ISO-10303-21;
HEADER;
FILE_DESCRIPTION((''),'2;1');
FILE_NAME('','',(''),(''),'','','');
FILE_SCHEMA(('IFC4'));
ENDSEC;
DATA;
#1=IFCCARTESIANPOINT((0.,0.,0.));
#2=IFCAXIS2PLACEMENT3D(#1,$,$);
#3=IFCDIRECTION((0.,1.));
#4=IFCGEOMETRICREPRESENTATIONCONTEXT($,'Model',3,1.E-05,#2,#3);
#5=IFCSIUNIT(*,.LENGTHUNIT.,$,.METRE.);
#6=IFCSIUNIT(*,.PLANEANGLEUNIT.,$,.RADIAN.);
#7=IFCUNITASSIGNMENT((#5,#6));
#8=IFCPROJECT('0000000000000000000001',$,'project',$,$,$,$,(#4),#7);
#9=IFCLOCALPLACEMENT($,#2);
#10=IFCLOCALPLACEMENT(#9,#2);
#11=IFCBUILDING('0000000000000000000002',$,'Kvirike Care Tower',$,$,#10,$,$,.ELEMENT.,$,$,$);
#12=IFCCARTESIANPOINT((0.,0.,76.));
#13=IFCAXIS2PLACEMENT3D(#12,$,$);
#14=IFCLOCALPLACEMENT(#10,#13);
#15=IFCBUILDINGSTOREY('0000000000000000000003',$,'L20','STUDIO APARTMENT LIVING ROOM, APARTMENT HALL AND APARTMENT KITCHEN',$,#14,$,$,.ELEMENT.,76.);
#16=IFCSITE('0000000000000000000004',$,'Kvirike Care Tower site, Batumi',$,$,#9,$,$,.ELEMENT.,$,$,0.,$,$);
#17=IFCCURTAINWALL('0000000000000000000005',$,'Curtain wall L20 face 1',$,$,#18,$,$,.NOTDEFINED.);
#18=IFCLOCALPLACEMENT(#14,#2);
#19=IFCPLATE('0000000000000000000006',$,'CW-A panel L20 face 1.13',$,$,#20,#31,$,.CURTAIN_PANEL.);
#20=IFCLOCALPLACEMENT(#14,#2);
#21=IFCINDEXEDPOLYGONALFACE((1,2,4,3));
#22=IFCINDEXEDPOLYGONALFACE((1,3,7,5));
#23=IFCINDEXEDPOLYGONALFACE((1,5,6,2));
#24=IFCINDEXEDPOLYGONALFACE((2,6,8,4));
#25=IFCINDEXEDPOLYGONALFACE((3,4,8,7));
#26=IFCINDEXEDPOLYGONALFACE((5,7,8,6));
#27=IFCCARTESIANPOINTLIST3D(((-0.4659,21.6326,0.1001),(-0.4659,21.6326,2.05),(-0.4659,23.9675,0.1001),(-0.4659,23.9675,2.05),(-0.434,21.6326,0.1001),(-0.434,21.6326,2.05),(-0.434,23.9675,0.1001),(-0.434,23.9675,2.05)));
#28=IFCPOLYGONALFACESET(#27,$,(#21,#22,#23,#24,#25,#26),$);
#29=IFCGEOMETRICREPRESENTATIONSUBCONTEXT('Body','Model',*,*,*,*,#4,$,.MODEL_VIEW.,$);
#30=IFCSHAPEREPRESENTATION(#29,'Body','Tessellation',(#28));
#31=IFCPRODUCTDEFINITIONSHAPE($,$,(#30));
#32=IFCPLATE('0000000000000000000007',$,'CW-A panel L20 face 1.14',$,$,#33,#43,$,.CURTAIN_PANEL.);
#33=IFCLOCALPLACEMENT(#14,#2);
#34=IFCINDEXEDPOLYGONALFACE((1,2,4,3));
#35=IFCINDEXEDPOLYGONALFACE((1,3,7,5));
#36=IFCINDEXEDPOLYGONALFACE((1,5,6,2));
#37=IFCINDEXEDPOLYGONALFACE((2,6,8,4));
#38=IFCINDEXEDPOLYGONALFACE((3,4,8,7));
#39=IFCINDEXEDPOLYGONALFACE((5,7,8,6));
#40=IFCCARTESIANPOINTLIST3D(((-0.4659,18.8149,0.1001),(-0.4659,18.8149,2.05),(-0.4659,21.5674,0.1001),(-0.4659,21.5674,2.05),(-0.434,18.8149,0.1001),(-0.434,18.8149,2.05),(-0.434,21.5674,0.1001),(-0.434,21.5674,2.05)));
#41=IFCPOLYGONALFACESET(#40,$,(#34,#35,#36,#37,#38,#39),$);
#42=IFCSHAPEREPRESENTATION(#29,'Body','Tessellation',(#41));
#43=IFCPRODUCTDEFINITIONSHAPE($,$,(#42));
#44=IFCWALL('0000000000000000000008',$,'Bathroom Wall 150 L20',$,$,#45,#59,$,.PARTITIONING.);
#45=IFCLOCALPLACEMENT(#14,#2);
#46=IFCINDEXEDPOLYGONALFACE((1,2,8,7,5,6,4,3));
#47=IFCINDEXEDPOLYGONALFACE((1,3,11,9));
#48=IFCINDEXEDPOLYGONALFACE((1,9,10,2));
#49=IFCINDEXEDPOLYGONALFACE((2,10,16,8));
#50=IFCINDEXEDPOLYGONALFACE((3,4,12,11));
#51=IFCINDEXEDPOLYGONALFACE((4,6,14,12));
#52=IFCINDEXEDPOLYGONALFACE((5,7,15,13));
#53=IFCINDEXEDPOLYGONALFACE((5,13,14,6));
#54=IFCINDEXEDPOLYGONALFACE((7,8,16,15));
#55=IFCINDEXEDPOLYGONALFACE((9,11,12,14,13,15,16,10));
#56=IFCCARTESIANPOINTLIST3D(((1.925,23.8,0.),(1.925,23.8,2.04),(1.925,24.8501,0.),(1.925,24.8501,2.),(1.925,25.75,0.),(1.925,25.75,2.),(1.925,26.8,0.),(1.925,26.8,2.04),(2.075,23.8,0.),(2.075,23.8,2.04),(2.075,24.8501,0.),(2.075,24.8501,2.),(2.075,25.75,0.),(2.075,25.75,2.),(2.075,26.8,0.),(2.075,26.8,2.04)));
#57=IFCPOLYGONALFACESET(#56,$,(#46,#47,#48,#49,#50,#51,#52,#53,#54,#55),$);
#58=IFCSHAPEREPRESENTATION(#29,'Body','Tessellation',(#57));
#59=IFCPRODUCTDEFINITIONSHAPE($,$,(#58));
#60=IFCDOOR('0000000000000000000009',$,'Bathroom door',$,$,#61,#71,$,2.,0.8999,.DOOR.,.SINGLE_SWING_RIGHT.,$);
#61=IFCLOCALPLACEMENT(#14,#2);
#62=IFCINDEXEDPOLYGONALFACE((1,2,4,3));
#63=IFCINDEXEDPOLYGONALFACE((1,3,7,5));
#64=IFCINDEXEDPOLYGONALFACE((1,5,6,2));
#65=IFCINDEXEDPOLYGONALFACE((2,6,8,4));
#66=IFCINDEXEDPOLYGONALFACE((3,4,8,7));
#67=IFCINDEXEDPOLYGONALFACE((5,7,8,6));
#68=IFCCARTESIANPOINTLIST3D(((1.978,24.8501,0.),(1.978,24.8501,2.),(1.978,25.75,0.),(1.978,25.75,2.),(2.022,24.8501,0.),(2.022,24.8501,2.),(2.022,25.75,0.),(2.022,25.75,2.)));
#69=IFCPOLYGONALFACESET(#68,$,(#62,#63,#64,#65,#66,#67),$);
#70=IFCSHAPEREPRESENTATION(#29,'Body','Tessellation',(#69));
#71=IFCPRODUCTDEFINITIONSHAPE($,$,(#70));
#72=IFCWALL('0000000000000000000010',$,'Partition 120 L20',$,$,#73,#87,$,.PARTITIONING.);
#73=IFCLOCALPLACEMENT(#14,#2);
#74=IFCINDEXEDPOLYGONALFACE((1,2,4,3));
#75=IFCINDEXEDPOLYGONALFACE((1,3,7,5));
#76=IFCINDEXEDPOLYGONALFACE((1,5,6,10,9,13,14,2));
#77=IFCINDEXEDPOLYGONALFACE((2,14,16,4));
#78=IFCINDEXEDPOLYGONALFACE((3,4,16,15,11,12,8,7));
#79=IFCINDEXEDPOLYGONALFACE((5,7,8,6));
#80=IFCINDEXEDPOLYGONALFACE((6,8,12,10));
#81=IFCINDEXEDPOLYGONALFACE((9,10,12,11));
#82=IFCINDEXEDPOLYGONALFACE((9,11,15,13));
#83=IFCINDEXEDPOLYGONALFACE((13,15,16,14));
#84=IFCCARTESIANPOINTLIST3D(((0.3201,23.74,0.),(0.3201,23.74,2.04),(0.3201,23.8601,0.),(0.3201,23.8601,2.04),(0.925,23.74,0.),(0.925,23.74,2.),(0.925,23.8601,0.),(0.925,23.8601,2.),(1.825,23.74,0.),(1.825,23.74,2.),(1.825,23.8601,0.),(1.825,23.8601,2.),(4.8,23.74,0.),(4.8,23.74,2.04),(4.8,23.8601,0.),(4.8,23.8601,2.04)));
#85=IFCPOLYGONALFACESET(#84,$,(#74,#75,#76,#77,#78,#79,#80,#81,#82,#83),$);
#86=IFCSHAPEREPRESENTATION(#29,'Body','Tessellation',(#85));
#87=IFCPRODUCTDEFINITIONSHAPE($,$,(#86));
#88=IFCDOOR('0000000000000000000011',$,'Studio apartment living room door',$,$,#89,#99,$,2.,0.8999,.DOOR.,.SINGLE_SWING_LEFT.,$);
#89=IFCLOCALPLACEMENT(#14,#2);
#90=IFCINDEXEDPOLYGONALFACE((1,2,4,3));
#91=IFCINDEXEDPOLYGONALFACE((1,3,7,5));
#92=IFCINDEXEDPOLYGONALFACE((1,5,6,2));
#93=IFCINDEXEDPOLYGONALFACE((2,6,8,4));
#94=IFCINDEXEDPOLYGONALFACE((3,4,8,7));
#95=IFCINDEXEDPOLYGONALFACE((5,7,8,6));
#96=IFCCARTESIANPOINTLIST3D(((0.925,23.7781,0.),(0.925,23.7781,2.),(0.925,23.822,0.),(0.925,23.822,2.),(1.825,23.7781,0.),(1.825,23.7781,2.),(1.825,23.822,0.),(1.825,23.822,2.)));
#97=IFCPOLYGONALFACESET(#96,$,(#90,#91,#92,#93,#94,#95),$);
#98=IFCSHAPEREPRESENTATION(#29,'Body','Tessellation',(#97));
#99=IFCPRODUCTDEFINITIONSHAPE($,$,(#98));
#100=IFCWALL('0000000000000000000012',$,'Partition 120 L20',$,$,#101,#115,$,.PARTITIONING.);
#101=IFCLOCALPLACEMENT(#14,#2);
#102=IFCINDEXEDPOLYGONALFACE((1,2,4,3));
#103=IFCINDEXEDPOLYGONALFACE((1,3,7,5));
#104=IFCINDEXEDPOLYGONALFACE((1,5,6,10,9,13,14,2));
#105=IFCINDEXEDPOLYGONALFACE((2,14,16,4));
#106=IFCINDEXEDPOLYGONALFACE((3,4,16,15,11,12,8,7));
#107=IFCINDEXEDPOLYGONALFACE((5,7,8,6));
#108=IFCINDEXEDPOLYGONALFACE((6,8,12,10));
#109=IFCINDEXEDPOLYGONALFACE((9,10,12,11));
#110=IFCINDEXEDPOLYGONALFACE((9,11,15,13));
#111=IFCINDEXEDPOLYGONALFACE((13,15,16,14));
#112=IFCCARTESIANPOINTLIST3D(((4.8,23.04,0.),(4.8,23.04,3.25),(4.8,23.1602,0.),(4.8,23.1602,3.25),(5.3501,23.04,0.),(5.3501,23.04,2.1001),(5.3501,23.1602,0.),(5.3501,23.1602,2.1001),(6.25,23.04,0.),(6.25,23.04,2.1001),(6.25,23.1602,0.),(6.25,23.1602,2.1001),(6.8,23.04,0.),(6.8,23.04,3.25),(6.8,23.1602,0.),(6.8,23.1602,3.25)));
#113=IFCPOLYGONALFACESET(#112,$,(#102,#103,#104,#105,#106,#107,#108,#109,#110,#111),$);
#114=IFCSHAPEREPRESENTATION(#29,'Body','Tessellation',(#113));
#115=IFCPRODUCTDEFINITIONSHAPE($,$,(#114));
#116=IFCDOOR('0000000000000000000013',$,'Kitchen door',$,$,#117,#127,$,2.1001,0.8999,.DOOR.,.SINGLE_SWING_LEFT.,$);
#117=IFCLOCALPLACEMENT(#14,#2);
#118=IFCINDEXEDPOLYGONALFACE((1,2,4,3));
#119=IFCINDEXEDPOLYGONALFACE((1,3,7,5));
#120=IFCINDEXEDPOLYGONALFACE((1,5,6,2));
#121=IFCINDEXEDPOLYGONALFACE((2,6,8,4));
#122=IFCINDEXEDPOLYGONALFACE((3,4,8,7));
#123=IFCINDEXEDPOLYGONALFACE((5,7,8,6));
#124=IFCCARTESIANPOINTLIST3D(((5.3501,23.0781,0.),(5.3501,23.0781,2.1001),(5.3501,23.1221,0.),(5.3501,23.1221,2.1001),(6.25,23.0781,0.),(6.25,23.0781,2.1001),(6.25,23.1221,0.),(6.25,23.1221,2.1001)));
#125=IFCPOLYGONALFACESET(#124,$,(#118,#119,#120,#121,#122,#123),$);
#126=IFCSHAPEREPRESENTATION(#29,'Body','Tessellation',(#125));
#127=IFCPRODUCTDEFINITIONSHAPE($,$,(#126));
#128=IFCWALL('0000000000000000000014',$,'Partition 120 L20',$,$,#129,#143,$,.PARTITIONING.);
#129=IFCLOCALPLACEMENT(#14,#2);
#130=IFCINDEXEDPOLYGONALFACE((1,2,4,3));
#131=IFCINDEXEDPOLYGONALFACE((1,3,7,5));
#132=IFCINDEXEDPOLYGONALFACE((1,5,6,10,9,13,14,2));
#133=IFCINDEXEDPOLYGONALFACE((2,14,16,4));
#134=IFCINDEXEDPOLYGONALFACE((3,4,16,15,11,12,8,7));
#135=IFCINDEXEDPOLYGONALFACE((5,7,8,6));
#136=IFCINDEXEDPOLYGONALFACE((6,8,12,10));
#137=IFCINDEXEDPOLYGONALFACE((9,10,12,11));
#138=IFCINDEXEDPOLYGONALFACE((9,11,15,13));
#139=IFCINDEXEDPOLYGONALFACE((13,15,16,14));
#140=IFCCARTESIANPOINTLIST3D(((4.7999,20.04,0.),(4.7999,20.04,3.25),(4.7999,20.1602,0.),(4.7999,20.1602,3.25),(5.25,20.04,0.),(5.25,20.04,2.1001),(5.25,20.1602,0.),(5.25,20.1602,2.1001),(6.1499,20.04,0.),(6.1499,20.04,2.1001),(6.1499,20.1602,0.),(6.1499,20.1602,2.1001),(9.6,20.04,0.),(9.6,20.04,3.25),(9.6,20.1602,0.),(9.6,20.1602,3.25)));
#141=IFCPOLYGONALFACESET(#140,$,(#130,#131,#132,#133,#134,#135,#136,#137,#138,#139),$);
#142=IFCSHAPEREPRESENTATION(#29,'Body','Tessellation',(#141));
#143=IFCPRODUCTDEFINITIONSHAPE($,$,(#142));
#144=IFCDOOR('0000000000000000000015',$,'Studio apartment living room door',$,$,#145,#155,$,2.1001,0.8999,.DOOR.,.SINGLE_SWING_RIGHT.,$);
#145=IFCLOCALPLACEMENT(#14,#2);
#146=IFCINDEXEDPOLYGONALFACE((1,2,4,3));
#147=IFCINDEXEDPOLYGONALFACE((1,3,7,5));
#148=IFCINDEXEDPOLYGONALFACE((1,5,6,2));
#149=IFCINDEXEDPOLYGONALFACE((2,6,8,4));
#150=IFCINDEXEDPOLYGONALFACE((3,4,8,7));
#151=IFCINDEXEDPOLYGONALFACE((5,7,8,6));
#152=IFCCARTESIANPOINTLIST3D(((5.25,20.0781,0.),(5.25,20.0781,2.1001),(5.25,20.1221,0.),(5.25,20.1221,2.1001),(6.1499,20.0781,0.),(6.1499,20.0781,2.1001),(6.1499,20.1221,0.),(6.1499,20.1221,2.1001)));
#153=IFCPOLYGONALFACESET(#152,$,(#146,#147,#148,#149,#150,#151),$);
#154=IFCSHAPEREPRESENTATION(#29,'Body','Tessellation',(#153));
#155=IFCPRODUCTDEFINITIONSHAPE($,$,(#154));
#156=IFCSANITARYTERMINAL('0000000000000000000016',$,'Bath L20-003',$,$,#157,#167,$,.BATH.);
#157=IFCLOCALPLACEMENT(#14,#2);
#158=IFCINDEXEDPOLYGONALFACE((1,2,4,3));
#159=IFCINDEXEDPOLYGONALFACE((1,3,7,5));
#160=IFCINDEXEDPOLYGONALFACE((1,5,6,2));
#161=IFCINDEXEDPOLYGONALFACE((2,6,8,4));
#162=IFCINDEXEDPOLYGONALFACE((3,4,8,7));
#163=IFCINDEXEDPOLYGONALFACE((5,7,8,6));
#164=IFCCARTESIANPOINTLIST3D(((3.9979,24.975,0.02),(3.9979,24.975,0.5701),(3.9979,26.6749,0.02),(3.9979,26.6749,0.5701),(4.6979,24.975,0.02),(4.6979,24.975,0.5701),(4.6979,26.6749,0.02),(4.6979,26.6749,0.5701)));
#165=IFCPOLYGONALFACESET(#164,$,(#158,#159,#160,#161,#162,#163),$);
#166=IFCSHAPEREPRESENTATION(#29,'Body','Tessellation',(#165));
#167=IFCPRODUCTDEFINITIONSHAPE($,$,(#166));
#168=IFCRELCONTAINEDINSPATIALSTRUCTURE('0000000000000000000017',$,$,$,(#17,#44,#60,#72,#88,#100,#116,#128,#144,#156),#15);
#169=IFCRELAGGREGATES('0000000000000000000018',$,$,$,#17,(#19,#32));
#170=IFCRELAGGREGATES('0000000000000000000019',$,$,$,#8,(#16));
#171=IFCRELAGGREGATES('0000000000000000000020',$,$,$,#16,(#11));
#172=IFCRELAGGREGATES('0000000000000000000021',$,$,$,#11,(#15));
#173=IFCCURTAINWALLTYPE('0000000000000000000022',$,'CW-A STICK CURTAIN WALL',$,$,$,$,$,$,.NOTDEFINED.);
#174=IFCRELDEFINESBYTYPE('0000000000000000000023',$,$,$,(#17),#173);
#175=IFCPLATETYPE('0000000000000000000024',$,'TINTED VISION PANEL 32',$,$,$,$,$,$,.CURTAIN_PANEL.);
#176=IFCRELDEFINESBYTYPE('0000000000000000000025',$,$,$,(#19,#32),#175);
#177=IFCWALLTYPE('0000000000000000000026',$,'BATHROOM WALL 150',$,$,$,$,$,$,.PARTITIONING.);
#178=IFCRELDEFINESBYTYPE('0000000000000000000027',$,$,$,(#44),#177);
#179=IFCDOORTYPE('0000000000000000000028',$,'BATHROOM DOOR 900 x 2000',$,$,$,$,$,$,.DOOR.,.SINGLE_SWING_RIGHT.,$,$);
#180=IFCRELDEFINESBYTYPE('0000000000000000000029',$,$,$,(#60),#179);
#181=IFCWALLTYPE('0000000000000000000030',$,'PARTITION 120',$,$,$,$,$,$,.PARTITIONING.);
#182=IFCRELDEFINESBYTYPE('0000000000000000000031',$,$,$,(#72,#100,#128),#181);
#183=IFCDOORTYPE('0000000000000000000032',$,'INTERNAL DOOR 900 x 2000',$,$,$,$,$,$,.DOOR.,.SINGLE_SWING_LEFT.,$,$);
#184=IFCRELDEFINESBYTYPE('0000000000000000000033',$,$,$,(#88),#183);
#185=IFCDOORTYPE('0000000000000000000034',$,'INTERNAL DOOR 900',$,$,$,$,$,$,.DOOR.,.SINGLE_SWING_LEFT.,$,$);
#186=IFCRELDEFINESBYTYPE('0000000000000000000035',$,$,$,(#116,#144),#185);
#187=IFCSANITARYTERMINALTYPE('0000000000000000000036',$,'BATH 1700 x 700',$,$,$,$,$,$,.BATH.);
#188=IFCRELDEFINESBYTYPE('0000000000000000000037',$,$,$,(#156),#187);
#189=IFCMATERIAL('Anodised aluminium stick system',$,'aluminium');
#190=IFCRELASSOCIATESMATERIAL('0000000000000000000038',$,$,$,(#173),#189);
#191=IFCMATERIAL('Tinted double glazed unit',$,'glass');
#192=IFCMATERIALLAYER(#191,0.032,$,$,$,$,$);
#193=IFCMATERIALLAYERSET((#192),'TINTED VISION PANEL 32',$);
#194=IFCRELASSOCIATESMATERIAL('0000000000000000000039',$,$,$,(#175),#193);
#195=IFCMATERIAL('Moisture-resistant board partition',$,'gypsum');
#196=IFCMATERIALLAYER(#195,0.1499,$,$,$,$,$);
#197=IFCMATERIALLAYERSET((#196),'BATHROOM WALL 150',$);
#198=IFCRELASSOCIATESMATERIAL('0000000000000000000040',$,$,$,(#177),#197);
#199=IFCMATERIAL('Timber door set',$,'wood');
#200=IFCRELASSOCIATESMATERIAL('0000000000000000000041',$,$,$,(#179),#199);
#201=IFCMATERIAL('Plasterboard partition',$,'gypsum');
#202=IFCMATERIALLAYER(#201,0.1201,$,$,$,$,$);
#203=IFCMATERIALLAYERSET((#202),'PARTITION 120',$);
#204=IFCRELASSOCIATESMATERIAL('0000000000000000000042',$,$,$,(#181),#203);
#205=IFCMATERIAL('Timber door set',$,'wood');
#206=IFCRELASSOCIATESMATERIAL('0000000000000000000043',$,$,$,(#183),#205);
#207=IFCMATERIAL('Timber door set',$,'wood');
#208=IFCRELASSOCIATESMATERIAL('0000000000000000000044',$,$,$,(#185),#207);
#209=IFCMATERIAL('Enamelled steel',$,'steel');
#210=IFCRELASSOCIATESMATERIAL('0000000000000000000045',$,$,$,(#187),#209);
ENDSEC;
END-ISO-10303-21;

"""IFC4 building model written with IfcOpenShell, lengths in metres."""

from ifc_helpers import new_model, si_unit, direction, frame, frame_2d, origin, origin_2d, place, context, subcontext, project, spatial, rectangle, extrude, material, layer, layer_set, type_object, element, fill, aggregate, save


model = new_model("IFC4")

# Units and contexts
model_context = context("Model", 3, precision=1e-05, world=origin(), true_north=direction((0.0, 1.0)))
body_context = subcontext(model_context, "Body", "Model", "MODEL_VIEW")
ifc_project = project(units=[si_unit("LENGTHUNIT", "METRE"), si_unit("PLANEANGLEUNIT", "RADIAN")], contexts=[model_context])

# Site, building, storey
site_placement = place(None, origin())
site = spatial("IfcSite", under=ifc_project, at=site_placement, Name="Kvirike Care Tower site, Batumi", CompositionType="ELEMENT", RefElevation=0.0)
building_placement = place(site_placement, origin())
building = spatial("IfcBuilding", under=site, at=building_placement, Name="Kvirike Care Tower", CompositionType="ELEMENT")
storey_placement = place(building_placement, frame((0.0, 0.0, 76.0)))
storey = spatial("IfcBuildingStorey", under=building, at=storey_placement, Name="L20", Description="STUDIO APARTMENT LIVING ROOM, APARTMENT HALL AND APARTMENT KITCHEN", CompositionType="ELEMENT", Elevation=76.0)

# Curtain wall
ifc_material_1 = material(Name="Anodised aluminium stick system", Category="aluminium")
curtain_wall_type = type_object("IfcCurtainWallType", Name="CW-A STICK CURTAIN WALL", PredefinedType="NOTDEFINED", material=ifc_material_1)
curtain_wall_placement = place(storey_placement, origin())
curtain_wall = element("IfcCurtainWall", 1, at=curtain_wall_placement, inside=storey, type_object=curtain_wall_type, Name="Curtain wall L20 face 1", PredefinedType="NOTDEFINED")

# Plates
ifc_material_2 = material(Name="Tinted double glazed unit", Category="glass")
ifc_layer_1 = layer(ifc_material_2, 0.032)
ifc_layer_set_1 = layer_set([ifc_layer_1], Name="TINTED VISION PANEL 32")
plate_type = type_object("IfcPlateType", Name="TINTED VISION PANEL 32", PredefinedType="CURTAIN_PANEL", material=ifc_layer_set_1)
plate_1_placement = place(storey_placement, frame((-0.45, 22.8, 0.1001), z_axis=(0.0, 0.0, 1.0), x_axis=(0.0, -1.0, 0.0)))
plate_1 = element("IfcPlate", 2, at=plate_1_placement, type_object=plate_type, Name="CW-A panel L20 face 1.13", PredefinedType="CURTAIN_PANEL", context=body_context, shape_type="SweptSolid", body=[
    extrude(rectangle(XDim=2.335, YDim=0.032, at=origin_2d()), origin(), (0.0, 0.0, 1.0), 1.95),
])
plate_2_placement = place(storey_placement, frame((-0.45, 20.1912, 0.1001), z_axis=(0.0, 0.0, 1.0), x_axis=(0.0, -1.0, 0.0)))
plate_2 = element("IfcPlate", 3, at=plate_2_placement, type_object=plate_type, Name="CW-A panel L20 face 1.14", PredefinedType="CURTAIN_PANEL", context=body_context, shape_type="SweptSolid", body=[
    extrude(rectangle(XDim=2.7524, YDim=0.032, at=origin_2d()), origin(), (0.0, 0.0, 1.0), 1.95),
])
aggregate(curtain_wall, [plate_1, plate_2])

# Walls, openings, doors
ifc_material_3 = material(Name="Moisture-resistant board partition", Category="gypsum")
ifc_layer_2 = layer(ifc_material_3, 0.1499)
ifc_layer_set_2 = layer_set([ifc_layer_2], Name="BATHROOM WALL 150")
wall_type_1 = type_object("IfcWallType", Name="BATHROOM WALL 150", PredefinedType="PARTITIONING", material=ifc_layer_set_2)
wall_1_placement = place(storey_placement, frame((2.0, 23.8, 0.0), z_axis=(0.0, 0.0, 1.0), x_axis=(0.0, 1.0, 0.0)))
wall_1 = element("IfcWall", 4, at=wall_1_placement, inside=storey, type_object=wall_type_1, Name="Bathroom Wall 150 L20", PredefinedType="PARTITIONING", context=body_context, shape_type="SweptSolid", body=[
    extrude(rectangle(XDim=3.0, YDim=0.1499, at=frame_2d((1.5, 0.0))), origin(), (0.0, 0.0, 1.0), 2.04),
])
opening_1_placement = place(wall_1_placement, frame((1.05, 0.0, 0.0)))
opening_1 = element("IfcOpeningElement", 5, at=opening_1_placement, cuts=wall_1, PredefinedType="OPENING", context=body_context, shape_type="SweptSolid", body=[
    extrude(rectangle(XDim=0.8999, YDim=2.0, at=frame_2d((0.45, 1.0))), frame((0.0, 0.0854, 0.0), z_axis=(0.0, -1.0, 0.0), x_axis=(1.0, 0.0, 0.0)), (0.0, 0.0, 1.0), 0.1709),
])
ifc_material_4 = material(Name="Timber door set", Category="wood")
door_type_1 = type_object("IfcDoorType", Name="BATHROOM DOOR 900 x 2000", OperationType="SINGLE_SWING_RIGHT", PredefinedType="DOOR", material=ifc_material_4)
door_1_placement = place(opening_1_placement, frame((0.8999, 0.0, 0.0), z_axis=(0.0, 0.0, 1.0), x_axis=(-1.0, 0.0, 0.0)))
door_1 = element("IfcDoor", 6, at=door_1_placement, inside=storey, type_object=door_type_1, Name="Bathroom door", OperationType="SINGLE_SWING_RIGHT", OverallHeight=2.0, OverallWidth=0.8999, PredefinedType="DOOR", context=body_context, shape_type="SweptSolid", body=[
    extrude(rectangle(XDim=0.8999, YDim=2.0, at=frame_2d((0.45, 1.0))), frame((0.0, 0.022, 0.0), z_axis=(0.0, -1.0, 0.0), x_axis=(1.0, 0.0, 0.0)), (0.0, 0.0, 1.0), 0.0439),
])
fill(opening_1, door_1)
ifc_material_5 = material(Name="Plasterboard partition", Category="gypsum")
ifc_layer_3 = layer(ifc_material_5, 0.1201)
ifc_layer_set_3 = layer_set([ifc_layer_3], Name="PARTITION 120")
wall_type_2 = type_object("IfcWallType", Name="PARTITION 120", PredefinedType="PARTITIONING", material=ifc_layer_set_3)
wall_2_placement = place(storey_placement, frame((0.3201, 23.8, 0.0), z_axis=(0.0, 0.0, 1.0), x_axis=(1.0, 0.0, 0.0)))
wall_2 = element("IfcWall", 7, at=wall_2_placement, inside=storey, type_object=wall_type_2, Name="Partition 120 L20", PredefinedType="PARTITIONING", context=body_context, shape_type="SweptSolid", body=[
    extrude(rectangle(XDim=4.48, YDim=0.1201, at=frame_2d((2.24, 0.0))), origin(), (0.0, 0.0, 1.0), 2.04),
])
opening_2_placement = place(wall_2_placement, frame((0.605, 0.0, 0.0)))
opening_2 = element("IfcOpeningElement", 8, at=opening_2_placement, cuts=wall_2, PredefinedType="OPENING", context=body_context, shape_type="SweptSolid", body=[
    extrude(rectangle(XDim=0.8999, YDim=2.0, at=frame_2d((0.45, 1.0))), frame((0.0, 0.0706, 0.0), z_axis=(0.0, -1.0, 0.0), x_axis=(1.0, 0.0, 0.0)), (0.0, 0.0, 1.0), 0.1411),
])
ifc_material_6 = material(Name="Timber door set", Category="wood")
door_type_2 = type_object("IfcDoorType", Name="INTERNAL DOOR 900 x 2000", OperationType="SINGLE_SWING_LEFT", PredefinedType="DOOR", material=ifc_material_6)
door_2_placement = place(opening_2_placement, origin())
door_2 = element("IfcDoor", 9, at=door_2_placement, inside=storey, type_object=door_type_2, Name="Studio apartment living room door", OperationType="SINGLE_SWING_LEFT", OverallHeight=2.0, OverallWidth=0.8999, PredefinedType="DOOR", context=body_context, shape_type="SweptSolid", body=[
    extrude(rectangle(XDim=0.8999, YDim=2.0, at=frame_2d((0.45, 1.0))), frame((0.0, 0.022, 0.0), z_axis=(0.0, -1.0, 0.0), x_axis=(1.0, 0.0, 0.0)), (0.0, 0.0, 1.0), 0.0439),
])
fill(opening_2, door_2)
wall_3_placement = place(storey_placement, frame((4.8, 23.1001, 0.0), z_axis=(0.0, 0.0, 1.0), x_axis=(1.0, 0.0, 0.0)))
wall_3 = element("IfcWall", 10, at=wall_3_placement, inside=storey, type_object=wall_type_2, Name="Partition 120 L20", PredefinedType="PARTITIONING", context=body_context, shape_type="SweptSolid", body=[
    extrude(rectangle(XDim=2.0, YDim=0.1201, at=frame_2d((1.0, 0.0))), origin(), (0.0, 0.0, 1.0), 3.25),
])
opening_3_placement = place(wall_3_placement, frame((0.55, 0.0, 0.0)))
opening_3 = element("IfcOpeningElement", 11, at=opening_3_placement, cuts=wall_3, PredefinedType="OPENING", context=body_context, shape_type="SweptSolid", body=[
    extrude(rectangle(XDim=0.8999, YDim=2.1001, at=frame_2d((0.45, 1.05))), frame((0.0, 0.0706, 0.0), z_axis=(0.0, -1.0, 0.0), x_axis=(1.0, 0.0, 0.0)), (0.0, 0.0, 1.0), 0.1411),
])
ifc_material_7 = material(Name="Timber door set", Category="wood")
door_type_3 = type_object("IfcDoorType", Name="INTERNAL DOOR 900", OperationType="SINGLE_SWING_LEFT", PredefinedType="DOOR", material=ifc_material_7)
door_3_placement = place(opening_3_placement, frame((0.8999, 0.0, 0.0), z_axis=(0.0, 0.0, 1.0), x_axis=(-1.0, 0.0, 0.0)))
door_3 = element("IfcDoor", 12, at=door_3_placement, inside=storey, type_object=door_type_3, Name="Kitchen door", OperationType="SINGLE_SWING_LEFT", OverallHeight=2.1001, OverallWidth=0.8999, PredefinedType="DOOR", context=body_context, shape_type="SweptSolid", body=[
    extrude(rectangle(XDim=0.8999, YDim=2.1001, at=frame_2d((0.45, 1.05))), frame((0.0, 0.022, 0.0), z_axis=(0.0, -1.0, 0.0), x_axis=(1.0, 0.0, 0.0)), (0.0, 0.0, 1.0), 0.0439),
])
fill(opening_3, door_3)
wall_4_placement = place(storey_placement, frame((4.8, 20.1001, 0.0), z_axis=(0.0, 0.0, 1.0), x_axis=(1.0, 0.0, 0.0)))
wall_4 = element("IfcWall", 13, at=wall_4_placement, inside=storey, type_object=wall_type_2, Name="Partition 120 L20", PredefinedType="PARTITIONING", context=body_context, shape_type="SweptSolid", body=[
    extrude(rectangle(XDim=4.8, YDim=0.1201, at=frame_2d((2.3999, 0.0))), origin(), (0.0, 0.0, 1.0), 3.25),
])
opening_4_placement = place(wall_4_placement, frame((0.45, 0.0, 0.0)))
opening_4 = element("IfcOpeningElement", 14, at=opening_4_placement, cuts=wall_4, PredefinedType="OPENING", context=body_context, shape_type="SweptSolid", body=[
    extrude(rectangle(XDim=0.8999, YDim=2.1001, at=frame_2d((0.45, 1.05))), frame((0.0, 0.0706, 0.0), z_axis=(0.0, -1.0, 0.0), x_axis=(1.0, 0.0, 0.0)), (0.0, 0.0, 1.0), 0.1411),
])
door_4_placement = place(opening_4_placement, origin())
door_4 = element("IfcDoor", 15, at=door_4_placement, inside=storey, type_object=door_type_3, Name="Studio apartment living room door", OperationType="SINGLE_SWING_RIGHT", OverallHeight=2.1001, OverallWidth=0.8999, PredefinedType="DOOR", context=body_context, shape_type="SweptSolid", body=[
    extrude(rectangle(XDim=0.8999, YDim=2.1001, at=frame_2d((0.45, 1.05))), frame((0.0, 0.022, 0.0), z_axis=(0.0, -1.0, 0.0), x_axis=(1.0, 0.0, 0.0)), (0.0, 0.0, 1.0), 0.0439),
])
fill(opening_4, door_4)

# Sanitary terminal
ifc_material_8 = material(Name="Enamelled steel", Category="steel")
sanitary_terminal_type_1 = type_object("IfcSanitaryTerminalType", Name="BATH 1700 x 700", PredefinedType="BATH", material=ifc_material_8)
sanitary_terminal_1_placement = place(storey_placement, frame((4.3479, 25.825, 0.02), z_axis=(0.0, 0.0, 1.0), x_axis=(0.0, -1.0, 0.0)))
element("IfcSanitaryTerminal", 16, at=sanitary_terminal_1_placement, inside=storey, type_object=sanitary_terminal_type_1, Name="Bath L20-003", PredefinedType="BATH", context=body_context, shape_type="SweptSolid", body=[
    extrude(rectangle(XDim=1.7, YDim=0.7, at=origin_2d()), origin(), (0.0, 0.0, 1.0), 0.55),
])

save(model, "model.ifc")
